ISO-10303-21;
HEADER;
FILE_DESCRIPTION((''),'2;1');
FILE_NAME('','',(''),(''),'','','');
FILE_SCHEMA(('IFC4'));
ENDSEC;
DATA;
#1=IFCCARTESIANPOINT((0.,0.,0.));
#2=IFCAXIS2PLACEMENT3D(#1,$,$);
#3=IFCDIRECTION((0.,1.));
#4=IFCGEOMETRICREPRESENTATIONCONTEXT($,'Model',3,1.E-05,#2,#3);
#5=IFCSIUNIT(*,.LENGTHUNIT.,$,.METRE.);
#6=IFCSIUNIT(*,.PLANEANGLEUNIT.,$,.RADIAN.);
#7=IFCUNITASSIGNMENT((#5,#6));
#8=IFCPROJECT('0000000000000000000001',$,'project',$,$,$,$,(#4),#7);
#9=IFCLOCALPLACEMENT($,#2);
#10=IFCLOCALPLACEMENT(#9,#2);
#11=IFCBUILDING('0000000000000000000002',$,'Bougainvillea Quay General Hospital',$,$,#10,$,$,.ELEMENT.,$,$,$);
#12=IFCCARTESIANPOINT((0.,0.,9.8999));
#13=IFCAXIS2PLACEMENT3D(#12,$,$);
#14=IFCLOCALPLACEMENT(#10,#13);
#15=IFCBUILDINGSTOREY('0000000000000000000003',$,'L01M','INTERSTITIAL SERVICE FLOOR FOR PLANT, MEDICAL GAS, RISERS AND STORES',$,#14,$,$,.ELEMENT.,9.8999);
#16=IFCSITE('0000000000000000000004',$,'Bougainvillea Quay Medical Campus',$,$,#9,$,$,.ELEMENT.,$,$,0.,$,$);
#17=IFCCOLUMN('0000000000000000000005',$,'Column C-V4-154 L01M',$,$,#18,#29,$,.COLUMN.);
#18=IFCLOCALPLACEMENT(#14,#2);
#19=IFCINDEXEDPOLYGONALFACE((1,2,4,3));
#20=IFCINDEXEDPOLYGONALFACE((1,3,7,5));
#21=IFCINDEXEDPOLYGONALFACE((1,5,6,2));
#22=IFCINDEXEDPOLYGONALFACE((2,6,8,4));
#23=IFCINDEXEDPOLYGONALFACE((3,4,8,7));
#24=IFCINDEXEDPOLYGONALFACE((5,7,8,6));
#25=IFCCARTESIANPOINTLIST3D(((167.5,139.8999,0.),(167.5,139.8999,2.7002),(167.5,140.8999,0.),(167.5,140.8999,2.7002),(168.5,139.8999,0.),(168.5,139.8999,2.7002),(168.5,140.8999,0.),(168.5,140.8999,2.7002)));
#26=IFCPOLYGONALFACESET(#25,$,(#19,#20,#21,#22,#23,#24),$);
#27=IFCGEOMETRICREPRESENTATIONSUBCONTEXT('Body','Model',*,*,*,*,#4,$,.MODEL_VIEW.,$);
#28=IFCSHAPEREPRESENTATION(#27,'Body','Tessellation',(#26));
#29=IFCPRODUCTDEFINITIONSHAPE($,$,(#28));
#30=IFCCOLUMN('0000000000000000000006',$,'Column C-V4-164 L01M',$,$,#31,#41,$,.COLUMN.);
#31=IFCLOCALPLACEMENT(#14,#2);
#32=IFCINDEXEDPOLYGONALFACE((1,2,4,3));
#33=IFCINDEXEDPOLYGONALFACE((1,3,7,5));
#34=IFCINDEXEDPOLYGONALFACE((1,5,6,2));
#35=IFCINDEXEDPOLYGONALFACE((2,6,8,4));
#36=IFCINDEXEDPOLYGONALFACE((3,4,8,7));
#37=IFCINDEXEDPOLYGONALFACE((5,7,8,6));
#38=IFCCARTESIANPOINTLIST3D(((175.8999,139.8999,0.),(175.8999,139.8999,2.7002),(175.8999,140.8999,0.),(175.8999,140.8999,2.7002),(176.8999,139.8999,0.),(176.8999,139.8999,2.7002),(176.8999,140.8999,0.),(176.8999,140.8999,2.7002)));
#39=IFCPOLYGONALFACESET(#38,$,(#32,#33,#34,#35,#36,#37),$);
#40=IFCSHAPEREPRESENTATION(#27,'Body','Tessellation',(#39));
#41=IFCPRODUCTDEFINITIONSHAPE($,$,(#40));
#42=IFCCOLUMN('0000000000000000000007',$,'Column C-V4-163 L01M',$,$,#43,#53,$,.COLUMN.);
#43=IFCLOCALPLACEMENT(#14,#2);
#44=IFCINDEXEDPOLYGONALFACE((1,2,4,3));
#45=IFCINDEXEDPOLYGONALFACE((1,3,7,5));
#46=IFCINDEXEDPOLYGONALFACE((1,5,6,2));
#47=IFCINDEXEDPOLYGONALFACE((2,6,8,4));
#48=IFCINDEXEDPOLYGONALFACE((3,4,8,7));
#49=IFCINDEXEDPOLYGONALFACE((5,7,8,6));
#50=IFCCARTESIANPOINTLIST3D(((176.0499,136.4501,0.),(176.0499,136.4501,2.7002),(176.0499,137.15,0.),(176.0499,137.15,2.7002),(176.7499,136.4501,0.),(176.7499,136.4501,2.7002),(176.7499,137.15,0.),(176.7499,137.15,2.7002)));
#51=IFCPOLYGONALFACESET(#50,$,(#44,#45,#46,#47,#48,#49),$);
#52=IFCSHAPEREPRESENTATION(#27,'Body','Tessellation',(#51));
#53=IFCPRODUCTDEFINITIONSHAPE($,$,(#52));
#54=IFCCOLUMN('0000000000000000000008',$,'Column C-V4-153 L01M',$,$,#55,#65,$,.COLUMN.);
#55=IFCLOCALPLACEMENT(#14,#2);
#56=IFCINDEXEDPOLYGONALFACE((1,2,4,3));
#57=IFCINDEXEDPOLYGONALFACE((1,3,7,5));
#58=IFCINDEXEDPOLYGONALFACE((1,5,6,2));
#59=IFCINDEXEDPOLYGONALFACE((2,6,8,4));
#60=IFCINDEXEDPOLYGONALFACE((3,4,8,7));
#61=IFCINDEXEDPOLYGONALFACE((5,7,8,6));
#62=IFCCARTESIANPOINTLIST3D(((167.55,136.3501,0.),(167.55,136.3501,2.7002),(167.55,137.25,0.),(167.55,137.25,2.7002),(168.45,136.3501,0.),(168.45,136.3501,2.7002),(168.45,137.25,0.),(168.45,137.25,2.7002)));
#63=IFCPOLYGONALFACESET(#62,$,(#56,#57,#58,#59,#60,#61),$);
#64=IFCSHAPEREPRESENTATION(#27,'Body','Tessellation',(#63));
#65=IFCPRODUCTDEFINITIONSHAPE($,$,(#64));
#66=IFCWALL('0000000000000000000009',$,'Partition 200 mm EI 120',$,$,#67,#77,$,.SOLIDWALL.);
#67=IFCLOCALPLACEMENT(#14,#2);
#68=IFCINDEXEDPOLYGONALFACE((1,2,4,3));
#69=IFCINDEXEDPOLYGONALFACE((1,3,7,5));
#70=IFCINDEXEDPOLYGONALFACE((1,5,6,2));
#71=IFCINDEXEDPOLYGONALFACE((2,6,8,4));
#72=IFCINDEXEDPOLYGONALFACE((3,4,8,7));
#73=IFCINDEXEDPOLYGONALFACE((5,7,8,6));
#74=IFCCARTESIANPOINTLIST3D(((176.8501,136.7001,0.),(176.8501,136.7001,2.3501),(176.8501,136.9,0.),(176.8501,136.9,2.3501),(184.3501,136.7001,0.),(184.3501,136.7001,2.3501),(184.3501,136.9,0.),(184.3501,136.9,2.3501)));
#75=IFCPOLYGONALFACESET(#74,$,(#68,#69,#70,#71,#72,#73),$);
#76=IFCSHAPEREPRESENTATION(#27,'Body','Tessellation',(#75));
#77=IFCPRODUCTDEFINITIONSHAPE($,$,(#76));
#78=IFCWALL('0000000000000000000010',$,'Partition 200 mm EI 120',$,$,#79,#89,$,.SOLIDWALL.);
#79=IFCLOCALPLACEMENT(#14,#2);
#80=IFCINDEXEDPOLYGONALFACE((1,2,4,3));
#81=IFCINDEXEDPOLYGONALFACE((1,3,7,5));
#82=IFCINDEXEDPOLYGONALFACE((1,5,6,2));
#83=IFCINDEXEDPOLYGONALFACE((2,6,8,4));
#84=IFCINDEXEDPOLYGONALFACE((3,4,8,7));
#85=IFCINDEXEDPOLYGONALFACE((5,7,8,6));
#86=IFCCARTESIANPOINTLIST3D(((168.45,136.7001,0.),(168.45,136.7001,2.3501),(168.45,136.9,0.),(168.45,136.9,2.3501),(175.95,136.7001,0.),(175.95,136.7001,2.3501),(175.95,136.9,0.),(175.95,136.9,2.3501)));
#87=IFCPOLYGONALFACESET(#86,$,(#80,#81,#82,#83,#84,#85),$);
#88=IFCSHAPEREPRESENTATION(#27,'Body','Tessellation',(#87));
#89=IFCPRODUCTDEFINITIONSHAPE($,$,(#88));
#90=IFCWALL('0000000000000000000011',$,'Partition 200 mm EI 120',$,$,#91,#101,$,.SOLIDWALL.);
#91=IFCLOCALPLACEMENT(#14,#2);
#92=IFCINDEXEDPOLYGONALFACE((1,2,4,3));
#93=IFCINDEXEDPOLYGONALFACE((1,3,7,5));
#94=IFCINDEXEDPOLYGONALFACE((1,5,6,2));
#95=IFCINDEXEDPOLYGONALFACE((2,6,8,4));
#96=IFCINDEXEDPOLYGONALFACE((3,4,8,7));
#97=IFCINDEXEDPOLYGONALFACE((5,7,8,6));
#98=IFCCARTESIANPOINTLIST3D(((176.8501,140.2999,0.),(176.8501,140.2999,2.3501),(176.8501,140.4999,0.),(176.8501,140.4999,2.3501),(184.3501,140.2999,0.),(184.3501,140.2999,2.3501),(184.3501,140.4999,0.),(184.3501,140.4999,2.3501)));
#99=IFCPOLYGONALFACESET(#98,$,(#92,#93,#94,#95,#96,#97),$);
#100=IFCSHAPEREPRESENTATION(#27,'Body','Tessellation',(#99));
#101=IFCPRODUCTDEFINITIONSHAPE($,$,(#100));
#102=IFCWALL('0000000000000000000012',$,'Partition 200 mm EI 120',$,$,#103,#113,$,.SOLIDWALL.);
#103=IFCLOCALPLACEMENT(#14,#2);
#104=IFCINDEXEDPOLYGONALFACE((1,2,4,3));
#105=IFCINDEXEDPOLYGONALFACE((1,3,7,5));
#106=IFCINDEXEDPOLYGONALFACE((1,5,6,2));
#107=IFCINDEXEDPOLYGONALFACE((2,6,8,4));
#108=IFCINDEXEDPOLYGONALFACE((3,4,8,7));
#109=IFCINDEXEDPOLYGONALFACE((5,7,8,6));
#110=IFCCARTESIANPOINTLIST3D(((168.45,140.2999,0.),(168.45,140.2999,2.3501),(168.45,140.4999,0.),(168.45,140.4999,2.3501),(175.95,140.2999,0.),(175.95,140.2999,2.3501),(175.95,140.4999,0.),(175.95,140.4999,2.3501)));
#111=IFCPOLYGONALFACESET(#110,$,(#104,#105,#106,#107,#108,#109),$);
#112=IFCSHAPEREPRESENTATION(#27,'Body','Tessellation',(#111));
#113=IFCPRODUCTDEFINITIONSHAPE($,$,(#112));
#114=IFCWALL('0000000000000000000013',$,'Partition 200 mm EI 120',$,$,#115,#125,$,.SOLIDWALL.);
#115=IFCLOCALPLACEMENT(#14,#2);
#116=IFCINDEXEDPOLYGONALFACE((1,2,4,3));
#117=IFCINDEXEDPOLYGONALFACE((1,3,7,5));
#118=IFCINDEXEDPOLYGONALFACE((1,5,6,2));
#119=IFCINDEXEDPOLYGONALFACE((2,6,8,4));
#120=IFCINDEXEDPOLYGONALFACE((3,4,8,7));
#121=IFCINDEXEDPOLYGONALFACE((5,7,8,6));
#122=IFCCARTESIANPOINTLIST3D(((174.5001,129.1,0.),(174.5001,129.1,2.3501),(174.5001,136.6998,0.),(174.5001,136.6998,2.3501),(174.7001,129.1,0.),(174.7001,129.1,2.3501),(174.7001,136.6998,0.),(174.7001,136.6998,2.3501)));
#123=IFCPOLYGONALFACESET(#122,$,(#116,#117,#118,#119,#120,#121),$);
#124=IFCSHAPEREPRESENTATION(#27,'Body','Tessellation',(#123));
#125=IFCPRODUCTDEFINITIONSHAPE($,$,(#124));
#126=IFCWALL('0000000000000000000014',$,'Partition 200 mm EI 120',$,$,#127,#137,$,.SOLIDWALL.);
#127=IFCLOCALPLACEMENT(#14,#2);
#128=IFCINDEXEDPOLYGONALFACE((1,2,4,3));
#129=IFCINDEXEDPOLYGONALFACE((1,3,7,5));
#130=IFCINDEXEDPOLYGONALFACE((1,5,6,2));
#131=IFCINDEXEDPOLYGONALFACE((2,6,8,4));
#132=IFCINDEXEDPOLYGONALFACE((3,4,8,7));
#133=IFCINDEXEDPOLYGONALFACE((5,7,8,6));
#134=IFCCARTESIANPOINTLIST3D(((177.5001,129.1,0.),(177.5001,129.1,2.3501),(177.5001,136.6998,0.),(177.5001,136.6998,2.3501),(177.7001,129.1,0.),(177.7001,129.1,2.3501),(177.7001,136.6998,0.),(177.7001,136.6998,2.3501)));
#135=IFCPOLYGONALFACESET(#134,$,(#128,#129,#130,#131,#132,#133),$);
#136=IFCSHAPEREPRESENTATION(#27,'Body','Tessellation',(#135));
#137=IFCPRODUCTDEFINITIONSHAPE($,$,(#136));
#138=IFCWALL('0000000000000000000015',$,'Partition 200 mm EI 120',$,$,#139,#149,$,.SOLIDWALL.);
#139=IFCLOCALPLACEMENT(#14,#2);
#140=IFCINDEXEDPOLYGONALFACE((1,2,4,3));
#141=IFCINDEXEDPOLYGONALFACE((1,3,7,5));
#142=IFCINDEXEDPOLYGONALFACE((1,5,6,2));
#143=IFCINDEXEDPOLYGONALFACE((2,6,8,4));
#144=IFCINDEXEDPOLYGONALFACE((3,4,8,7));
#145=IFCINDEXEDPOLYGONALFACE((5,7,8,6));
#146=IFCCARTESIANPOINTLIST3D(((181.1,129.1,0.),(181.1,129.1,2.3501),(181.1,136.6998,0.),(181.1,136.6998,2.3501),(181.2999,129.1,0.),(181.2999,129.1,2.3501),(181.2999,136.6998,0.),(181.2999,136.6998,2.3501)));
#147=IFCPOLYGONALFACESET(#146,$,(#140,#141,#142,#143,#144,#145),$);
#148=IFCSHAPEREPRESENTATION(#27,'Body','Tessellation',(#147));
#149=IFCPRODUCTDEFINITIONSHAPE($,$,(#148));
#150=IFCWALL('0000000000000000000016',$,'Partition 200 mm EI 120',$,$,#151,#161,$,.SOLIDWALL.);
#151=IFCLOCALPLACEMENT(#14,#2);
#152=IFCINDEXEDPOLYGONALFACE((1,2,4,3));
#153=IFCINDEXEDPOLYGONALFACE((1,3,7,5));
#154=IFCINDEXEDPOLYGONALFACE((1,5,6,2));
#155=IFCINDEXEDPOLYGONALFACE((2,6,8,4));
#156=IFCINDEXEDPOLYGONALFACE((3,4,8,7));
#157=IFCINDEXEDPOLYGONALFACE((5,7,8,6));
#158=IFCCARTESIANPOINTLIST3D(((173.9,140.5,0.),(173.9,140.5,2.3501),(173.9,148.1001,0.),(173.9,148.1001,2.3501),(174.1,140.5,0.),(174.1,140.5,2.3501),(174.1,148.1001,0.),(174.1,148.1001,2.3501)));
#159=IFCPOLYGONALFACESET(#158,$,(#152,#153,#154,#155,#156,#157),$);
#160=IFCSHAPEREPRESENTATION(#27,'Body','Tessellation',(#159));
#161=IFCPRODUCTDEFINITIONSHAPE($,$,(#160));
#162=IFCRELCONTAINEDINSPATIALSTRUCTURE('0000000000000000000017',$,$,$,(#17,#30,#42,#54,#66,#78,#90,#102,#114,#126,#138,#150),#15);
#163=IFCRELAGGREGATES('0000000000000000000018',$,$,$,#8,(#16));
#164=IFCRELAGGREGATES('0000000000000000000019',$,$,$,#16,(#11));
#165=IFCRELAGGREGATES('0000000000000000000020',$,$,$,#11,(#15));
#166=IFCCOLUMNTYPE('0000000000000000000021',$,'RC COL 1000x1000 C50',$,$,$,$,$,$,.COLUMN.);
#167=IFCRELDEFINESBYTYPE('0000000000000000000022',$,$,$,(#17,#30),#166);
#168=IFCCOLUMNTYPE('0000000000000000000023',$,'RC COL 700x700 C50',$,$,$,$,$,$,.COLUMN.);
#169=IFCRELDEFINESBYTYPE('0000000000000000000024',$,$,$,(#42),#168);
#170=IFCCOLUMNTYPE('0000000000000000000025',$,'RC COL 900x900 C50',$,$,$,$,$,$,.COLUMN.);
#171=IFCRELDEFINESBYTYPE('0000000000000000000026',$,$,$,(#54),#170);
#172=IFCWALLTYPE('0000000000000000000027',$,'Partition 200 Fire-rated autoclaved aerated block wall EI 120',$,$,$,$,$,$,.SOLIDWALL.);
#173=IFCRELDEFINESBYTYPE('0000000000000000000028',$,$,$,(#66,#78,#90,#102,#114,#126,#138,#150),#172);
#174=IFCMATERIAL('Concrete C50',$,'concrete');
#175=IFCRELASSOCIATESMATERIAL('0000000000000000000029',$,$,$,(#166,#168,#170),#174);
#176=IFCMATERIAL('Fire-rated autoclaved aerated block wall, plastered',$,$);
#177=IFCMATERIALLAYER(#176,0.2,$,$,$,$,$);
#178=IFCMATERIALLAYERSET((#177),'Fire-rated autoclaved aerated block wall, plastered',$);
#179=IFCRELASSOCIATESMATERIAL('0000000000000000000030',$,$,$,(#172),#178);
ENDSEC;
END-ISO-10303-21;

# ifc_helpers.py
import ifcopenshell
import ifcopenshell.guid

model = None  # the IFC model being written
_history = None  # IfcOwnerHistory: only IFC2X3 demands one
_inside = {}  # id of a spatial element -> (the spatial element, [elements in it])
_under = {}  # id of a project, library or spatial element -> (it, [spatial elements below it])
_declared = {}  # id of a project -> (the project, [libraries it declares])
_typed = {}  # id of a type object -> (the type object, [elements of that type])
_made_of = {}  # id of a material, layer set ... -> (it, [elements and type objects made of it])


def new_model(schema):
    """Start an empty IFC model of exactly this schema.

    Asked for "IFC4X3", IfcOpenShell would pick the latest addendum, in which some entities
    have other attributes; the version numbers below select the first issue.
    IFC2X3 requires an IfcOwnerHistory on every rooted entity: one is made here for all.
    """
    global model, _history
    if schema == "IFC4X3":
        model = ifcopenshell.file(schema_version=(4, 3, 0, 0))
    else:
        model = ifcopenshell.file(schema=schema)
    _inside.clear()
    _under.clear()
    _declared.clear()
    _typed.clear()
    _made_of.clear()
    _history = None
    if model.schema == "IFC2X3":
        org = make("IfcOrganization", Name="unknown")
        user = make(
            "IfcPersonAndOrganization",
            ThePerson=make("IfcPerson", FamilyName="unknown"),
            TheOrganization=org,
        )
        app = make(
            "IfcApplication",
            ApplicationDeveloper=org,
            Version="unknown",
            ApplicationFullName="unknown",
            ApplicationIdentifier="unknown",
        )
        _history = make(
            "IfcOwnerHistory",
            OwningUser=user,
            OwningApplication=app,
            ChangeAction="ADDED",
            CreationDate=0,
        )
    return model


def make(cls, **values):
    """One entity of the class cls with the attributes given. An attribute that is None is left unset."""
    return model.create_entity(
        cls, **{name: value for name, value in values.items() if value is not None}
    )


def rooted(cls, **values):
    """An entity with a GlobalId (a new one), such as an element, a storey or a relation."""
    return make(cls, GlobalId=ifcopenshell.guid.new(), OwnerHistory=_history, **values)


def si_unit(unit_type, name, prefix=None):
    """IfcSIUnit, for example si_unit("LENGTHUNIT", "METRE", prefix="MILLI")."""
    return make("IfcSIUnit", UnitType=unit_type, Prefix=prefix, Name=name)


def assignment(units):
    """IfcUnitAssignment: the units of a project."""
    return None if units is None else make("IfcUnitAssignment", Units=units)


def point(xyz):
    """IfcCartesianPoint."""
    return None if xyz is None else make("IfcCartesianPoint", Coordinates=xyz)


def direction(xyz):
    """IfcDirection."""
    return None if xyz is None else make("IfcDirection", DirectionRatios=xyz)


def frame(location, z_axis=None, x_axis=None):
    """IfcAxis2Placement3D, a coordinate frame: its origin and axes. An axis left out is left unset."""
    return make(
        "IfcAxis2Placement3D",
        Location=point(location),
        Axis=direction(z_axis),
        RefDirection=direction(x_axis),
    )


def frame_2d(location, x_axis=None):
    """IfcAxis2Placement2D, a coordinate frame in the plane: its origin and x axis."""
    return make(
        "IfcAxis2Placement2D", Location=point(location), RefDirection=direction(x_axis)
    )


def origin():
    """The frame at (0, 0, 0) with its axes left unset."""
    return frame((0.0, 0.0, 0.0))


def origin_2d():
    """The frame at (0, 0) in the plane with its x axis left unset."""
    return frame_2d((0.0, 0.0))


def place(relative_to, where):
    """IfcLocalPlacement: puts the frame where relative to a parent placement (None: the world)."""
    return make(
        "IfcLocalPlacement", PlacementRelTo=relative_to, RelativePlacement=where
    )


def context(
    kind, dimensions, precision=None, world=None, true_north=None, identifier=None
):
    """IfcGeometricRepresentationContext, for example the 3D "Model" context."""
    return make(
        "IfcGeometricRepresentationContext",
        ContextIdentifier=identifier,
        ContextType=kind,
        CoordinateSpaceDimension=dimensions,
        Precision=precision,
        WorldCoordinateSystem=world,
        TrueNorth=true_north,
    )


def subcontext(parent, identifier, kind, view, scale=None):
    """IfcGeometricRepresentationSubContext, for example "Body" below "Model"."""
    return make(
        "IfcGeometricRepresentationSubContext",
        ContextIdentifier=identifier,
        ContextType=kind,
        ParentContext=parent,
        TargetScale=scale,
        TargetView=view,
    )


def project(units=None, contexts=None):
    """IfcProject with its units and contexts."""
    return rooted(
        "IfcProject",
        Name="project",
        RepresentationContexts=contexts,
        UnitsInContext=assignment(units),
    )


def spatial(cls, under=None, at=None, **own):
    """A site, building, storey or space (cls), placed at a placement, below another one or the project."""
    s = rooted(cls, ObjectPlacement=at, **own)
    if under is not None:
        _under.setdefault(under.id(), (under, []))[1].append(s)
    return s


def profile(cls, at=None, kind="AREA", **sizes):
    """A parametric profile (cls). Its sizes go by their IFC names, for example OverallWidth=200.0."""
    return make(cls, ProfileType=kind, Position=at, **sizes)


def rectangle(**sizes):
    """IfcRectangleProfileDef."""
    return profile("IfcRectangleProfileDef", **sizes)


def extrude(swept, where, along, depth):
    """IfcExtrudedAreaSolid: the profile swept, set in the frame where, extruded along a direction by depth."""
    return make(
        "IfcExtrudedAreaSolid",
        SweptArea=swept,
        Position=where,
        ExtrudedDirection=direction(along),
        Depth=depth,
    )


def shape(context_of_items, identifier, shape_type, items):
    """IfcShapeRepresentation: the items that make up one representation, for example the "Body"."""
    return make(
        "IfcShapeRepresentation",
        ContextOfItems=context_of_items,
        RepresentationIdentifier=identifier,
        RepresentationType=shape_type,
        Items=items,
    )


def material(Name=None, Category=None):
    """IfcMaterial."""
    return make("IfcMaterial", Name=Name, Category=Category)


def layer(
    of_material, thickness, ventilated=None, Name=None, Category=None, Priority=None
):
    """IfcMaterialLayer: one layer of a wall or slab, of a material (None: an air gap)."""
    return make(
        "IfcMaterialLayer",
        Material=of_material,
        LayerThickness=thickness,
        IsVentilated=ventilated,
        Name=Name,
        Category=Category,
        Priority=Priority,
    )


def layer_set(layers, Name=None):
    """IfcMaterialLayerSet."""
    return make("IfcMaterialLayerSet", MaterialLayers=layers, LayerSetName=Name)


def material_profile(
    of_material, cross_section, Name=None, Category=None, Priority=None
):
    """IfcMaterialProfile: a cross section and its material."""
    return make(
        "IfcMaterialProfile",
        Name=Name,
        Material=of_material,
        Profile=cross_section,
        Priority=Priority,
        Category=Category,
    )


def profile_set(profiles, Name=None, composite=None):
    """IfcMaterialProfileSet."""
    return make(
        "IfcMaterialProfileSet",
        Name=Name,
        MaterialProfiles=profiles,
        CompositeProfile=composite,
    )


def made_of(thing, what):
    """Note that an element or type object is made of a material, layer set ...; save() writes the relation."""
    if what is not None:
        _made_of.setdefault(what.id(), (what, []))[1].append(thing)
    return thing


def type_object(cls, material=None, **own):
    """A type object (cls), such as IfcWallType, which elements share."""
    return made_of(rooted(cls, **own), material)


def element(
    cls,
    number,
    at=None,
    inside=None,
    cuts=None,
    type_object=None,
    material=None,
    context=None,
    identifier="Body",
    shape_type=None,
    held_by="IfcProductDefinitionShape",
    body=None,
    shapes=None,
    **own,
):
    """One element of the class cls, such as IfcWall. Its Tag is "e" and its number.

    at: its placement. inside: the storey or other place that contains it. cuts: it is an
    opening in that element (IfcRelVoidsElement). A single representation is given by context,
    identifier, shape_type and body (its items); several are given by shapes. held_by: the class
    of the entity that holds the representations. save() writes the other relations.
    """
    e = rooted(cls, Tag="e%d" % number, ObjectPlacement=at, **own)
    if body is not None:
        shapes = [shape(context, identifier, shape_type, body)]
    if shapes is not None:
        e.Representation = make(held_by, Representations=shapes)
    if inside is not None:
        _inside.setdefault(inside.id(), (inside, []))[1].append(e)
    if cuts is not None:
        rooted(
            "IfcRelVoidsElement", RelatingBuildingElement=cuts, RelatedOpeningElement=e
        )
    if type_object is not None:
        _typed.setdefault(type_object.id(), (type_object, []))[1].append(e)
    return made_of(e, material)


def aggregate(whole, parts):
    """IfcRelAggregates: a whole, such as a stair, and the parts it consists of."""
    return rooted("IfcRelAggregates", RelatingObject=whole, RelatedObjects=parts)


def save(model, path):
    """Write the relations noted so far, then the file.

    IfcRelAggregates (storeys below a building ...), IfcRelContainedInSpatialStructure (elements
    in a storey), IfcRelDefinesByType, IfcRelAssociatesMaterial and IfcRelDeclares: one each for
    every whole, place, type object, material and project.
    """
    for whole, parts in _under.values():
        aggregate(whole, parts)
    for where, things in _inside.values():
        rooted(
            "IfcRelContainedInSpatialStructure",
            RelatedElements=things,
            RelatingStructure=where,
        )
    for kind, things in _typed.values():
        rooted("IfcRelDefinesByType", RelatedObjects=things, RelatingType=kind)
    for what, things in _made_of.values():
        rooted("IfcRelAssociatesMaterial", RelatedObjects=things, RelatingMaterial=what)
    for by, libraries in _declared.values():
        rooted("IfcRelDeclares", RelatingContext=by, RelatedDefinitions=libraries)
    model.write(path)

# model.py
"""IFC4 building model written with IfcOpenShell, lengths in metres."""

from ifc_helpers import new_model, si_unit, direction, frame, frame_2d, origin, origin_2d, place, context, subcontext, project, spatial, rectangle, extrude, material, layer, layer_set, material_profile, profile_set, type_object, element, save


model = new_model("IFC4")

# Units and contexts
model_context = context("Model", 3, precision=1e-05, world=origin(), true_north=direction((0.0, 1.0)))
body_context = subcontext(model_context, "Body", "Model", "MODEL_VIEW")
ifc_project = project(units=[si_unit("LENGTHUNIT", "METRE"), si_unit("PLANEANGLEUNIT", "RADIAN")], contexts=[model_context])

# Site, building, storey
site_placement = place(None, origin())
site = spatial("IfcSite", under=ifc_project, at=site_placement, Name="Bougainvillea Quay Medical Campus", CompositionType="ELEMENT", RefElevation=0.0)
building_placement = place(site_placement, origin())
building = spatial("IfcBuilding", under=site, at=building_placement, Name="Bougainvillea Quay General Hospital", CompositionType="ELEMENT")
storey_placement = place(building_placement, frame((0.0, 0.0, 9.8999)))
storey = spatial("IfcBuildingStorey", under=building, at=storey_placement, Name="L01M", Description="INTERSTITIAL SERVICE FLOOR FOR PLANT, MEDICAL GAS, RISERS AND STORES", CompositionType="ELEMENT", Elevation=9.8999)

# Columns
ifc_material_1 = material(Name="Concrete C50", Category="concrete")
ifc_material_profile_1 = material_profile(ifc_material_1, rectangle(XDim=1.0, YDim=1.0, at=origin_2d()))
ifc_profile_set_1 = profile_set([ifc_material_profile_1], Name="Concrete C50")
column_type_1 = type_object("IfcColumnType", Name="RC COL 1000x1000 C50", PredefinedType="COLUMN", material=ifc_profile_set_1)
for number, where, z_axis, x_axis, name in (
    (1, (168.0, 140.3999, 0.0), (0.0, 0.0, 1.0), (1.0, 0.0, 0.0), "Column C-V4-154 L01M"),
    (2, (176.3999, 140.3999, 0.0), (0.0, 0.0, 1.0), (1.0, 0.0, 0.0), "Column C-V4-164 L01M"),
):
    element("IfcColumn", number, at=place(storey_placement, frame(where, z_axis=z_axis, x_axis=x_axis)), inside=storey, type_object=column_type_1, Name=name, PredefinedType="COLUMN", context=body_context, shape_type="SweptSolid", body=[
        extrude(rectangle(XDim=1.0, YDim=1.0, at=origin_2d()), origin(), (0.0, 0.0, 1.0), 2.7002),
    ])
ifc_material_profile_2 = material_profile(ifc_material_1, rectangle(XDim=0.7, YDim=0.7, at=origin_2d()))
ifc_profile_set_2 = profile_set([ifc_material_profile_2], Name="Concrete C50")
column_type_2 = type_object("IfcColumnType", Name="RC COL 700x700 C50", PredefinedType="COLUMN", material=ifc_profile_set_2)
column_1_placement = place(storey_placement, frame((176.3999, 136.8, 0.0), z_axis=(0.0, 0.0, 1.0), x_axis=(1.0, 0.0, 0.0)))
element("IfcColumn", 3, at=column_1_placement, inside=storey, type_object=column_type_2, Name="Column C-V4-163 L01M", PredefinedType="COLUMN", context=body_context, shape_type="SweptSolid", body=[
    extrude(rectangle(XDim=0.7, YDim=0.7, at=origin_2d()), origin(), (0.0, 0.0, 1.0), 2.7002),
])
ifc_material_profile_3 = material_profile(ifc_material_1, rectangle(XDim=0.8999, YDim=0.8999, at=origin_2d()))
ifc_profile_set_3 = profile_set([ifc_material_profile_3], Name="Concrete C50")
column_type_3 = type_object("IfcColumnType", Name="RC COL 900x900 C50", PredefinedType="COLUMN", material=ifc_profile_set_3)
column_2_placement = place(storey_placement, frame((168.0, 136.8, 0.0), z_axis=(0.0, 0.0, 1.0), x_axis=(1.0, 0.0, 0.0)))
element("IfcColumn", 4, at=column_2_placement, inside=storey, type_object=column_type_3, Name="Column C-V4-153 L01M", PredefinedType="COLUMN", context=body_context, shape_type="SweptSolid", body=[
    extrude(rectangle(XDim=0.8999, YDim=0.8999, at=origin_2d()), origin(), (0.0, 0.0, 1.0), 2.7002),
])

# Walls
ifc_material_2 = material(Name="Fire-rated autoclaved aerated block wall, plastered")
ifc_layer = layer(ifc_material_2, 0.2)
ifc_layer_set = layer_set([ifc_layer], Name="Fire-rated autoclaved aerated block wall, plastered")
wall_type = type_object("IfcWallType", Name="Partition 200 Fire-rated autoclaved aerated block wall EI 120", PredefinedType="SOLIDWALL", material=ifc_layer_set)
for number, where, z_axis, x_axis, name in (
    (5, (184.3501, 136.8, 0.0), (0.0, 0.0, 1.0), (-1.0, 0.0, 0.0), "Partition 200 mm EI 120"),
    (6, (175.95, 136.8, 0.0), (0.0, 0.0, 1.0), (-1.0, 0.0, 0.0), "Partition 200 mm EI 120"),
    (7, (184.3501, 140.3999, 0.0), (0.0, 0.0, 1.0), (-1.0, 0.0, 0.0), "Partition 200 mm EI 120"),
    (8, (175.95, 140.3999, 0.0), (0.0, 0.0, 1.0), (-1.0, 0.0, 0.0), "Partition 200 mm EI 120"),
):
    element("IfcWall", number, at=place(storey_placement, frame(where, z_axis=z_axis, x_axis=x_axis)), inside=storey, type_object=wall_type, Name=name, PredefinedType="SOLIDWALL", context=body_context, shape_type="SweptSolid", body=[
        extrude(rectangle(XDim=7.5, YDim=0.2, at=frame_2d((3.75, 0.0))), origin(), (0.0, 0.0, 1.0), 2.3501),
    ])
for number, where, z_axis, x_axis, name in (
    (9, (174.6001, 129.1001, 0.0), (0.0, 0.0, 1.0), (0.0, 1.0, 0.0), "Partition 200 mm EI 120"),
    (10, (177.6001, 129.1001, 0.0), (0.0, 0.0, 1.0), (0.0, 1.0, 0.0), "Partition 200 mm EI 120"),
    (11, (181.2, 129.1001, 0.0), (0.0, 0.0, 1.0), (0.0, 1.0, 0.0), "Partition 200 mm EI 120"),
):
    element("IfcWall", number, at=place(storey_placement, frame(where, z_axis=z_axis, x_axis=x_axis)), inside=storey, type_object=wall_type, Name=name, PredefinedType="SOLIDWALL", context=body_context, shape_type="SweptSolid", body=[
        extrude(rectangle(XDim=7.5999, YDim=0.2, at=frame_2d((3.7998, 0.0))), origin(), (0.0, 0.0, 1.0), 2.3501),
    ])
wall_placement = place(storey_placement, frame((174.0, 140.5, 0.0), z_axis=(0.0, 0.0, 1.0), x_axis=(0.0, 1.0, 0.0)))
element("IfcWall", 12, at=wall_placement, inside=storey, type_object=wall_type, Name="Partition 200 mm EI 120", PredefinedType="SOLIDWALL", context=body_context, shape_type="SweptSolid", body=[
    extrude(rectangle(XDim=7.6001, YDim=0.2, at=frame_2d((3.8, 0.0))), origin(), (0.0, 0.0, 1.0), 2.3501),
])

save(model, "model.ifc")
